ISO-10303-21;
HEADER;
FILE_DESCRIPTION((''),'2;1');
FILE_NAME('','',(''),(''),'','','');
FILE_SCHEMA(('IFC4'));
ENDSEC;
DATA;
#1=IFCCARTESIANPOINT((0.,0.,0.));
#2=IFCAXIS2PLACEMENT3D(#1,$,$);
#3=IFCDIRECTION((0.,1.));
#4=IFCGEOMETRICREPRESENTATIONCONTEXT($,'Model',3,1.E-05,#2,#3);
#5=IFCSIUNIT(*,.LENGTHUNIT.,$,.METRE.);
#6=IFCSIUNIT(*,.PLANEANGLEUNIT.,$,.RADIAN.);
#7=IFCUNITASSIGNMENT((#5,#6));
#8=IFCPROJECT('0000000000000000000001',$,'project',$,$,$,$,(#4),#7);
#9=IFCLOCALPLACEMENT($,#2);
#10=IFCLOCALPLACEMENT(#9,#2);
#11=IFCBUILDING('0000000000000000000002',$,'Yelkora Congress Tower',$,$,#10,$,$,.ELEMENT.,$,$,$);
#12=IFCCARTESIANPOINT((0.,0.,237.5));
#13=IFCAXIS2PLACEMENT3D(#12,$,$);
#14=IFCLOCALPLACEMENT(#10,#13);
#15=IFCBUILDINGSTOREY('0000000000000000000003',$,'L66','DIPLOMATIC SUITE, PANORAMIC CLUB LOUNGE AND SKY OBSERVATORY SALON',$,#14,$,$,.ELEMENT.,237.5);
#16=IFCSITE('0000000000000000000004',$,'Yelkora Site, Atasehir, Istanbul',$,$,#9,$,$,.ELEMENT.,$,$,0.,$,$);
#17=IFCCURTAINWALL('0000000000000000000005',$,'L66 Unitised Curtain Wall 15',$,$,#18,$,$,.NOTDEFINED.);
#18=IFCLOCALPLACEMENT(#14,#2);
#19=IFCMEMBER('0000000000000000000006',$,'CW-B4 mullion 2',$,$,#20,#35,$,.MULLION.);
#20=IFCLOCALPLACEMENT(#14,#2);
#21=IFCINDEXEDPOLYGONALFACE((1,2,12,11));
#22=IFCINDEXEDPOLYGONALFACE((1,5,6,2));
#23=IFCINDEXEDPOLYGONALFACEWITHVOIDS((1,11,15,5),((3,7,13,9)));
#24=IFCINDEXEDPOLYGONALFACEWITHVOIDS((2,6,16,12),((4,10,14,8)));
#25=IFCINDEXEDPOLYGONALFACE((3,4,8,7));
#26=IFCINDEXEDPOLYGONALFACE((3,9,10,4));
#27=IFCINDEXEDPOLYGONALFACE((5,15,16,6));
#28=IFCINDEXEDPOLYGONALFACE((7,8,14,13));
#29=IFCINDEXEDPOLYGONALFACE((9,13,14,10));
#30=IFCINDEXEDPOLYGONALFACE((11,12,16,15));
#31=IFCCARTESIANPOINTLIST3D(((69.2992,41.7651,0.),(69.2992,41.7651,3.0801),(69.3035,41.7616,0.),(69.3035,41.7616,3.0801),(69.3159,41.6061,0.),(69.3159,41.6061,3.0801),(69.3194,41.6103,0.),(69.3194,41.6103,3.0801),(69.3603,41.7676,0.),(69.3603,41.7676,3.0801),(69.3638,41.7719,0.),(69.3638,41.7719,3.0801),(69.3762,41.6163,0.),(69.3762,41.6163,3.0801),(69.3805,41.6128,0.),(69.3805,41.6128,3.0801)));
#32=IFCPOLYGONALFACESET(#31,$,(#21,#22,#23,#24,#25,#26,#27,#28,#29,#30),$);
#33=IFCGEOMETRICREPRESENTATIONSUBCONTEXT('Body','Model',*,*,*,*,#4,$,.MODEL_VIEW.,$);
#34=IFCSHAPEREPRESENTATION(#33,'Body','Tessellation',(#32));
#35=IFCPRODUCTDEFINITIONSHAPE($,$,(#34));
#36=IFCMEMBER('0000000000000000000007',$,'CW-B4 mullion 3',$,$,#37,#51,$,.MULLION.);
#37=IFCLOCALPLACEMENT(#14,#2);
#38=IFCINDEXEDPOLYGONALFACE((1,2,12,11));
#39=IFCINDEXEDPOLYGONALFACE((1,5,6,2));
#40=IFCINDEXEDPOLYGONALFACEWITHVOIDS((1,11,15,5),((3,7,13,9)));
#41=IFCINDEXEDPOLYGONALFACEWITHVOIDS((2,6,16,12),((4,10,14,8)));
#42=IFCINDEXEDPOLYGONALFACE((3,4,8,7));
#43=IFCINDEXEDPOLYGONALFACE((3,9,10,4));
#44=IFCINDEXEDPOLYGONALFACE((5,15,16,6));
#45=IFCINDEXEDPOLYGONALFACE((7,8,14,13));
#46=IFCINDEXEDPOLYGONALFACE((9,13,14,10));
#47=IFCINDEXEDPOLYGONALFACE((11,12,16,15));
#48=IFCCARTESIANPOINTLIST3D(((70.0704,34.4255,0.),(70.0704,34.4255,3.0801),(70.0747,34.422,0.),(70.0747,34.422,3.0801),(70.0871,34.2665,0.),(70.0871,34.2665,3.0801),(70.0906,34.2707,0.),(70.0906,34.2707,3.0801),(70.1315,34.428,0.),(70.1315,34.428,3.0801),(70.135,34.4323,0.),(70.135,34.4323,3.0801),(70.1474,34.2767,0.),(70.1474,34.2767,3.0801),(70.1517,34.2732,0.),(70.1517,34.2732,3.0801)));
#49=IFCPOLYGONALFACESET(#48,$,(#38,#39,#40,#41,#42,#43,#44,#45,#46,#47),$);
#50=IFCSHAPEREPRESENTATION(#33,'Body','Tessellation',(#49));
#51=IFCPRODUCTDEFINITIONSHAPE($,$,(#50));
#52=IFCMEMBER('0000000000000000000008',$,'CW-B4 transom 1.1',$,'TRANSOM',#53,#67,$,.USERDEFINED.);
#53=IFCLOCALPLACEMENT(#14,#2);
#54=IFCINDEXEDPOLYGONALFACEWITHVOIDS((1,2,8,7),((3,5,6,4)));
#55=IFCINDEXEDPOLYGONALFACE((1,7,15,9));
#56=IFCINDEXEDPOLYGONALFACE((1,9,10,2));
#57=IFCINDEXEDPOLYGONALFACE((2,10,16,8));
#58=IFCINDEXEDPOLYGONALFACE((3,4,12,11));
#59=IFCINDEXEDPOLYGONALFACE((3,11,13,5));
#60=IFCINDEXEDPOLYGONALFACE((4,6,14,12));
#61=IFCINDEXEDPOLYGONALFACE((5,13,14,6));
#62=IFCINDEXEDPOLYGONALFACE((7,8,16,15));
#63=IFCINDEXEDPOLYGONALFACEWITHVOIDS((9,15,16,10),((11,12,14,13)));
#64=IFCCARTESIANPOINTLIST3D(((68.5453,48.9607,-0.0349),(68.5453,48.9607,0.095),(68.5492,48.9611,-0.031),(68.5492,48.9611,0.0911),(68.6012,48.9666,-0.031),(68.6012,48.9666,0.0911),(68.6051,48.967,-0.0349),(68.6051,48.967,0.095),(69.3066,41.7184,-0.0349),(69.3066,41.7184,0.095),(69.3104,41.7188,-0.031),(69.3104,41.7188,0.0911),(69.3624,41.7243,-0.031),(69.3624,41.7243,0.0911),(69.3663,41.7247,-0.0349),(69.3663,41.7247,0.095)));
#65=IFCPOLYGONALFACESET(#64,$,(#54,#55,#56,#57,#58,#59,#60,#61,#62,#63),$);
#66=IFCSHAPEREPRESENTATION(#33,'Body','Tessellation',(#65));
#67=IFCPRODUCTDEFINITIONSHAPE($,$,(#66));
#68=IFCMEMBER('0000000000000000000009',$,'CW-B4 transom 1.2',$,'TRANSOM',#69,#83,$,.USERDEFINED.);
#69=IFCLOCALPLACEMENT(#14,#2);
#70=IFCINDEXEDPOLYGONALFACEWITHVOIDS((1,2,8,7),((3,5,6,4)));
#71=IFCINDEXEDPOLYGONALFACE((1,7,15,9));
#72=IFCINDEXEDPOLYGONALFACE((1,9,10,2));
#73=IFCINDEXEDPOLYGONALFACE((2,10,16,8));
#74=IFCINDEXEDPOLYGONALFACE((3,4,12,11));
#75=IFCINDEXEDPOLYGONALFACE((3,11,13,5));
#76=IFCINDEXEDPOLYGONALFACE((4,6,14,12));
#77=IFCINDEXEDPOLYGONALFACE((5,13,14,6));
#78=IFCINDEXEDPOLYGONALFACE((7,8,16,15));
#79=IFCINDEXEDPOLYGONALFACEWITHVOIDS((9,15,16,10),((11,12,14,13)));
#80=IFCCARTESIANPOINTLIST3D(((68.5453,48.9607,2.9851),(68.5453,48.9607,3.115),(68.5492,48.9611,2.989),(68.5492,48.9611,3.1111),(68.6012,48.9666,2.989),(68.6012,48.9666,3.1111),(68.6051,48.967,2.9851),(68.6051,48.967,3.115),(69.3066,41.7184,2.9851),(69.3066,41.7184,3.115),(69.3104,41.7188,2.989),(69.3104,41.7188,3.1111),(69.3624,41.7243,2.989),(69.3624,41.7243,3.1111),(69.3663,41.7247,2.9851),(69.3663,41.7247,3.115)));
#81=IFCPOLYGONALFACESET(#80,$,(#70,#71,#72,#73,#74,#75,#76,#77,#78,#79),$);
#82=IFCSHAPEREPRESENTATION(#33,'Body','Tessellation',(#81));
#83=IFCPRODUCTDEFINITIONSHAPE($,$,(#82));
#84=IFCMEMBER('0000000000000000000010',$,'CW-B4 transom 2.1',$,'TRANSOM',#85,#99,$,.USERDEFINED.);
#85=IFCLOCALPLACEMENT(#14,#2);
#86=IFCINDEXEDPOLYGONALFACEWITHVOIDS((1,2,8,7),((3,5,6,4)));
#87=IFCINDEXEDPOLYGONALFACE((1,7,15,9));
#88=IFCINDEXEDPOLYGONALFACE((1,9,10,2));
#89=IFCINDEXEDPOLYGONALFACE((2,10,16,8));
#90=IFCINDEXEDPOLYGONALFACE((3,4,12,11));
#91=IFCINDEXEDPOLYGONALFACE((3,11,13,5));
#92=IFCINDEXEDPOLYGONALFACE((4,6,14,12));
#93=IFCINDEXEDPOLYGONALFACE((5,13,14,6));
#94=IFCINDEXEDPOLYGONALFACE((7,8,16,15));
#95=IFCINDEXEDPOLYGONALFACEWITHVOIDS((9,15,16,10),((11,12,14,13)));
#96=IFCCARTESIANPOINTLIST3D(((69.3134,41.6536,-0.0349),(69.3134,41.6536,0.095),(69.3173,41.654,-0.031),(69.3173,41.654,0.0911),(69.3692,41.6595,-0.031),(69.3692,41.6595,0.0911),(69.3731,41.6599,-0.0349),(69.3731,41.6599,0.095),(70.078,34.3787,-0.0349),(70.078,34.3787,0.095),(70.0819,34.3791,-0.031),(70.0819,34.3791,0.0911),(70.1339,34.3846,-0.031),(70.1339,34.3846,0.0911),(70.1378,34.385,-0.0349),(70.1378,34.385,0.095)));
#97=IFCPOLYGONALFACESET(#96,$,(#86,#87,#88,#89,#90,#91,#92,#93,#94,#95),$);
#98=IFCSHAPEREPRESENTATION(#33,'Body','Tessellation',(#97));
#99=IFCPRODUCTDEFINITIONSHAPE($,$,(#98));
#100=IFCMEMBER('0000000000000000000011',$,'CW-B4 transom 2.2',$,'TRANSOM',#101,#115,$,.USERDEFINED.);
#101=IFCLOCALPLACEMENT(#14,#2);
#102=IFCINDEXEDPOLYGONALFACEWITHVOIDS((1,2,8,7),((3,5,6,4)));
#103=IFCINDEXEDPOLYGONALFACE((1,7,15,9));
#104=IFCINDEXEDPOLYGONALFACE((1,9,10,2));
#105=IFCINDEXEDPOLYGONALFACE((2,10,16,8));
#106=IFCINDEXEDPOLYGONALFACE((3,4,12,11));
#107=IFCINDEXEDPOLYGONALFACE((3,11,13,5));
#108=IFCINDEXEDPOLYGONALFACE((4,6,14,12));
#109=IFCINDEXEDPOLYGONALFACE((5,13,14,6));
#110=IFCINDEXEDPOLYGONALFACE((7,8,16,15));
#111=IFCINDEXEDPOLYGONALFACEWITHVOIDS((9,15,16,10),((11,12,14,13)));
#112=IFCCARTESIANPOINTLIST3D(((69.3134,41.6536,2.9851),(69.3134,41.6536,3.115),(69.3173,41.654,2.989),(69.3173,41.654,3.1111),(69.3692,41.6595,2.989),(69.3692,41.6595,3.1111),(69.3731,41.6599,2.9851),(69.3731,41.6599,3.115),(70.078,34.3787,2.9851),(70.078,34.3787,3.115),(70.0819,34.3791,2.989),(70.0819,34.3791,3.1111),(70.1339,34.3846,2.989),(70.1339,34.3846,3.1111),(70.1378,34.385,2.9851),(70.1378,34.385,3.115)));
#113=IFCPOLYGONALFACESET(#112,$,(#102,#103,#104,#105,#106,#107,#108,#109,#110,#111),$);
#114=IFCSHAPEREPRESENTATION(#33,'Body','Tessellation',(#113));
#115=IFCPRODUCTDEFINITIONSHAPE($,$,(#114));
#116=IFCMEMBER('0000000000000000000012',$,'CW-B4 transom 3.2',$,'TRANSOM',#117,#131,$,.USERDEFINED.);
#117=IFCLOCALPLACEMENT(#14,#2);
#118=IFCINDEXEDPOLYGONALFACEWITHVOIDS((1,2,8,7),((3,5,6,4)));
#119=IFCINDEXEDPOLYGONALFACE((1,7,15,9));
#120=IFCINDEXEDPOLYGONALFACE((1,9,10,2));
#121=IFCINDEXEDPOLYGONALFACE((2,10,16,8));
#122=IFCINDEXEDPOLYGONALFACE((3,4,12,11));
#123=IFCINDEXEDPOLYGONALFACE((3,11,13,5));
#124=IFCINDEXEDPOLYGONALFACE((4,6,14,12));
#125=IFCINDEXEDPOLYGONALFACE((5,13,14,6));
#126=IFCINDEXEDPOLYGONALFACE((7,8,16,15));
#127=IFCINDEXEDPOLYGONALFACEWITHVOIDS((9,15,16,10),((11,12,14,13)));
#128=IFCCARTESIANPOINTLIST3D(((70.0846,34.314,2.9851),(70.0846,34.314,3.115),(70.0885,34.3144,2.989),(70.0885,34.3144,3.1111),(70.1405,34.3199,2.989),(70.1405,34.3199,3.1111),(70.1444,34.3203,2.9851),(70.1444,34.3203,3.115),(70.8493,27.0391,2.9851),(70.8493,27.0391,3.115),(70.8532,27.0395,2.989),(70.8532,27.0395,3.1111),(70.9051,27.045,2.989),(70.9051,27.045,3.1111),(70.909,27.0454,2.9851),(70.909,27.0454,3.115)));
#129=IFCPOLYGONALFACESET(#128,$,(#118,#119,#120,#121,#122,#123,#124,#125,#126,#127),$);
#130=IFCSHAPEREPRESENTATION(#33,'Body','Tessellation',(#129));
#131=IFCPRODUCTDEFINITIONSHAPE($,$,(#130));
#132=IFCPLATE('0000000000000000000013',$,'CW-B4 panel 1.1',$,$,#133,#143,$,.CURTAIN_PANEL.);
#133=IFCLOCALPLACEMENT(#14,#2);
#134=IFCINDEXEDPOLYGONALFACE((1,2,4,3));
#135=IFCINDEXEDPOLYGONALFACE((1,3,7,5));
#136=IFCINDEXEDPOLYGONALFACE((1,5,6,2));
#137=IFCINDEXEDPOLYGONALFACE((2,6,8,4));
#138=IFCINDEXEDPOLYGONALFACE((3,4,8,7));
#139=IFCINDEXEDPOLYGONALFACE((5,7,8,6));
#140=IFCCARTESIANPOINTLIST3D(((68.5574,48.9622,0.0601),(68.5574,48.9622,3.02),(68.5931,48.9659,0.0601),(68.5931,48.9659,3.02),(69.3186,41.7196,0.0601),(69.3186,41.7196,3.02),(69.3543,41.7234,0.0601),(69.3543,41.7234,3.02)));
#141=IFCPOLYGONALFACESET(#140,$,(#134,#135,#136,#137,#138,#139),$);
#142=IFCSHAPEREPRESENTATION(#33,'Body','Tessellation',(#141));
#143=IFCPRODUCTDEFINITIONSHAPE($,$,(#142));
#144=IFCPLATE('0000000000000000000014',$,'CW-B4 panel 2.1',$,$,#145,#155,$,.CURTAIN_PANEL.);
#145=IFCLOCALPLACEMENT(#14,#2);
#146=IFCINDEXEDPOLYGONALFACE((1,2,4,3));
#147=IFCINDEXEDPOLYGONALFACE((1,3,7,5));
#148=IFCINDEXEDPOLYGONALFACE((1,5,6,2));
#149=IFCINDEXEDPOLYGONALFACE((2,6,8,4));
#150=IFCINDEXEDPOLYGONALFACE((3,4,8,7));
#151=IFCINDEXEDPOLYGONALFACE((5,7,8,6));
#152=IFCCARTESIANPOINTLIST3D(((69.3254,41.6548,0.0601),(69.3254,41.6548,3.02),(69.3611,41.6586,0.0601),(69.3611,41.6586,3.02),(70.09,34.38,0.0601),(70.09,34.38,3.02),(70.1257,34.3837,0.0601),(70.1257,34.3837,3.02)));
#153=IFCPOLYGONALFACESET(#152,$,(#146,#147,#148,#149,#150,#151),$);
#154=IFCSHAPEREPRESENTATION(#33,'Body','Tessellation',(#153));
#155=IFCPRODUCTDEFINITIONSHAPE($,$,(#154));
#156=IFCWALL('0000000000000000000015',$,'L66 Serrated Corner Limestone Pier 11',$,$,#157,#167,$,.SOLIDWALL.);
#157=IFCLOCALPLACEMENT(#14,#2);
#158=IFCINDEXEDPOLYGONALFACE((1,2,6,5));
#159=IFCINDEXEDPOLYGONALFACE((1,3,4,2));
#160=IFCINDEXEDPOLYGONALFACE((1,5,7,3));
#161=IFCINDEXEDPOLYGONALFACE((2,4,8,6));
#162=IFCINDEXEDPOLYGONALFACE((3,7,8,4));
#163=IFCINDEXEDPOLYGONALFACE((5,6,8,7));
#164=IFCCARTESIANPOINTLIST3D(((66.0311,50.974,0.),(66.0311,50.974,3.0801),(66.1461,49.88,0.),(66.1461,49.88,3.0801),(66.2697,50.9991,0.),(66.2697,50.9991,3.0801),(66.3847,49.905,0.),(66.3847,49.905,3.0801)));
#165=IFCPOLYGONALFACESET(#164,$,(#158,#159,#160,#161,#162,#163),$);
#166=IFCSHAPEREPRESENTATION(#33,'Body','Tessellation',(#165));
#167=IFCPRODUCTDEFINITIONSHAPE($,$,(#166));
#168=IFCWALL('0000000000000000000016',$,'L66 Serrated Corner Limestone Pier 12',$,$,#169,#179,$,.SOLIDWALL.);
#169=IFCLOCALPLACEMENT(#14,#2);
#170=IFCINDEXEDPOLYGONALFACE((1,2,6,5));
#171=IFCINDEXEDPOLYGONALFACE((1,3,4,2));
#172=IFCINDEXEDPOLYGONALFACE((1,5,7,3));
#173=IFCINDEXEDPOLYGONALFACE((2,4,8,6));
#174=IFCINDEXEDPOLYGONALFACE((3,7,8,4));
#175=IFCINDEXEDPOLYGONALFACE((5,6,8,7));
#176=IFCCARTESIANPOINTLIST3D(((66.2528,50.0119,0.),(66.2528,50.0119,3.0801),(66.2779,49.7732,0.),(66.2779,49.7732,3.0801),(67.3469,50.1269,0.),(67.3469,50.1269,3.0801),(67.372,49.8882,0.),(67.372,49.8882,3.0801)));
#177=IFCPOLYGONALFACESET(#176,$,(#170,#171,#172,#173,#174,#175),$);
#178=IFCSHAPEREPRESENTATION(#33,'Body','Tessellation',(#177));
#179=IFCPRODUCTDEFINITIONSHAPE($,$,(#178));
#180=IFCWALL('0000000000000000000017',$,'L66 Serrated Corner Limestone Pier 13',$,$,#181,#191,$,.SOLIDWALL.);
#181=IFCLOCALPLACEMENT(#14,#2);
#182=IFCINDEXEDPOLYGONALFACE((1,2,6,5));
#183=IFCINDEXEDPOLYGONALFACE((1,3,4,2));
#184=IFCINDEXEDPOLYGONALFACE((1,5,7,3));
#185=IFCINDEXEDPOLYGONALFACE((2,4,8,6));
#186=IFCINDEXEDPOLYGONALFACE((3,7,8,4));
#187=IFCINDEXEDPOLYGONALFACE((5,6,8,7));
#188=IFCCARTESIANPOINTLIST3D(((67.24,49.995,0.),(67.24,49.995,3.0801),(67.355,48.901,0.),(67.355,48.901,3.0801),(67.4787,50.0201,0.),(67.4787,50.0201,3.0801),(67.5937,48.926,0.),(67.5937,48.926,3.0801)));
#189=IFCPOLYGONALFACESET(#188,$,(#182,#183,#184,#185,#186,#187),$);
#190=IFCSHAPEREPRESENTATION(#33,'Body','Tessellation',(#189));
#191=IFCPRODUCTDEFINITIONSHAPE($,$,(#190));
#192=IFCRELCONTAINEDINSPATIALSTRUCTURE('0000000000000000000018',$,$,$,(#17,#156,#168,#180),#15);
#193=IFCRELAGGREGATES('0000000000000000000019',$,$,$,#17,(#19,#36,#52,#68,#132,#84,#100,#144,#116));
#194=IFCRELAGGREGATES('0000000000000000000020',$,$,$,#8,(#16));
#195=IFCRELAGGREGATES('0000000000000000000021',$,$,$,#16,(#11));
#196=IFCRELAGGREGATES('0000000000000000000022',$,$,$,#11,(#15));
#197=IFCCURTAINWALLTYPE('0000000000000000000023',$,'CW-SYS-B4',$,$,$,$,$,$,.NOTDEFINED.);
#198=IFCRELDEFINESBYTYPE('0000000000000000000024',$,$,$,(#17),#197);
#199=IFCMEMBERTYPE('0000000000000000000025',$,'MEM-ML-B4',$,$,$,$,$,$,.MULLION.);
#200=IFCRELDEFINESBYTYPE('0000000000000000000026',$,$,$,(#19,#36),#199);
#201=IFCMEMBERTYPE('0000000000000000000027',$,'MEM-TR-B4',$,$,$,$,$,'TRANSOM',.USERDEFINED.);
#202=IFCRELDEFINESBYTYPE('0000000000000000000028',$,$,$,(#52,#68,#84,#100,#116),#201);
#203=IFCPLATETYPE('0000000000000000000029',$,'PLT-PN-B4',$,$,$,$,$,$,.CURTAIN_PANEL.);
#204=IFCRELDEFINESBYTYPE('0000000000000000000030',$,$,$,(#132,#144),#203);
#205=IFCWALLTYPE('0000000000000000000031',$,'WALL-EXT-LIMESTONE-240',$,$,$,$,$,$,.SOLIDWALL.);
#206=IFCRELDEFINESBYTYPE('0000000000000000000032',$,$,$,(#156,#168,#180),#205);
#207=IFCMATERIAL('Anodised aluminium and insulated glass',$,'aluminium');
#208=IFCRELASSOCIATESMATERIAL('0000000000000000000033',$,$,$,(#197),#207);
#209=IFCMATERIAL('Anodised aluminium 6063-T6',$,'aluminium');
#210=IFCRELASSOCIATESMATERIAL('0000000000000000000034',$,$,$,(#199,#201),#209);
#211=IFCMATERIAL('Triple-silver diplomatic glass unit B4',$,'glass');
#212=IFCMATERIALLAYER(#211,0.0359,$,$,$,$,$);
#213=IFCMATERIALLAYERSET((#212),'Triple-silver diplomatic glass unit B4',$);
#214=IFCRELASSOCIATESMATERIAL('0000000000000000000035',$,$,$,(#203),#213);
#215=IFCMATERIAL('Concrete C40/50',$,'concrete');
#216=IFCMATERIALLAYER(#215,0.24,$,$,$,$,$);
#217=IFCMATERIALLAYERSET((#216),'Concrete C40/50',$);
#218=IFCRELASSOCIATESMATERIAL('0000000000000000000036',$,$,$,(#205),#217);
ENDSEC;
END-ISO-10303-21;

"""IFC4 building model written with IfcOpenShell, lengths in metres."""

from ifc_helpers import new_model, si_unit, direction, frame, frame_2d, origin, origin_2d, place, context, subcontext, project, spatial, rectangle, hollow_rectangle, extrude, material, layer, layer_set, material_profile, profile_set, type_object, element, aggregate, save


model = new_model("IFC4")

# Units and contexts
model_context = context("Model", 3, precision=1e-05, world=origin(), true_north=direction((0.0, 1.0)))
body_context = subcontext(model_context, "Body", "Model", "MODEL_VIEW")
ifc_project = project(units=[si_unit("LENGTHUNIT", "METRE"), si_unit("PLANEANGLEUNIT", "RADIAN")], contexts=[model_context])

# Site, building, storey
site_placement = place(None, origin())
site = spatial("IfcSite", under=ifc_project, at=site_placement, Name="Yelkora Site, Atasehir, Istanbul", CompositionType="ELEMENT", RefElevation=0.0)
building_placement = place(site_placement, origin())
building = spatial("IfcBuilding", under=site, at=building_placement, Name="Yelkora Congress Tower", CompositionType="ELEMENT")
storey_placement = place(building_placement, frame((0.0, 0.0, 237.5)))
storey = spatial("IfcBuildingStorey", under=building, at=storey_placement, Name="L66", Description="DIPLOMATIC SUITE, PANORAMIC CLUB LOUNGE AND SKY OBSERVATORY SALON", CompositionType="ELEMENT", Elevation=237.5)

# Shared definitions
ifc_material_1 = material(Name="Anodised aluminium and insulated glass", Category="aluminium")
curtain_wall_type = type_object("IfcCurtainWallType", Name="CW-SYS-B4", PredefinedType="NOTDEFINED", material=ifc_material_1)
ifc_material_2 = material(Name="Anodised aluminium 6063-T6", Category="aluminium")
ifc_material_profile_1 = material_profile(ifc_material_2, hollow_rectangle(XDim=0.0649, YDim=0.1599, WallThickness=0.0039, at=origin_2d()), Name="ALU 65x160x4")
ifc_profile_set_1 = profile_set([ifc_material_profile_1], Name="Anodised aluminium 6063-T6")
member_type_1 = type_object("IfcMemberType", Name="MEM-ML-B4", PredefinedType="MULLION", material=ifc_profile_set_1)

# Curtain wall, members, plates
curtain_wall_1_placement = place(storey_placement, origin())
curtain_wall_1 = element("IfcCurtainWall", 1, at=curtain_wall_1_placement, inside=storey, type_object=curtain_wall_type, Name="L66 Unitised Curtain Wall 15", PredefinedType="NOTDEFINED")
member_1_placement = place(storey_placement, frame((69.3398, 41.689, 0.0), z_axis=(0.0, 0.0, 1.0), x_axis=(0.994522, 0.104526, 0.0)))
member_1 = element("IfcMember", 2, at=member_1_placement, type_object=member_type_1, Name="CW-B4 mullion 2", PredefinedType="MULLION", context=body_context, shape_type="SweptSolid", body=[
    extrude(hollow_rectangle(XDim=0.0649, YDim=0.1599, WallThickness=0.0039, at=origin_2d()), origin(), (0.0, 0.0, 1.0), 3.0801),
])
member_2_placement = place(storey_placement, frame((70.1111, 34.3494, 0.0), z_axis=(0.0, 0.0, 1.0), x_axis=(0.994522, 0.104526, 0.0)))
member_2 = element("IfcMember", 3, at=member_2_placement, type_object=member_type_1, Name="CW-B4 mullion 3", PredefinedType="MULLION", context=body_context, shape_type="SweptSolid", body=[
    extrude(hollow_rectangle(XDim=0.0649, YDim=0.1599, WallThickness=0.0039, at=origin_2d()), origin(), (0.0, 0.0, 1.0), 3.0801),
])
ifc_material_profile_2 = material_profile(ifc_material_2, hollow_rectangle(XDim=0.0601, YDim=0.1299, WallThickness=0.0039, at=origin_2d()), Name="ALU 60x130x4")
ifc_profile_set_2 = profile_set([ifc_material_profile_2], Name="Anodised aluminium 6063-T6")
member_type_2 = type_object("IfcMemberType", Name="MEM-TR-B4", ElementType="TRANSOM", PredefinedType="USERDEFINED", material=ifc_profile_set_2)
member_3_placement = place(storey_placement, frame((68.5752, 48.9639, 0.03), z_axis=(0.104531, -0.994522, 0.0), x_axis=(0.994522, 0.104531, 0.0)))
member_3 = element("IfcMember", 4, at=member_3_placement, type_object=member_type_2, Name="CW-B4 transom 1.1", ObjectType="TRANSOM", PredefinedType="USERDEFINED", context=body_context, shape_type="SweptSolid", body=[
    extrude(hollow_rectangle(XDim=0.0601, YDim=0.1299, WallThickness=0.0039, at=origin_2d()), origin(), (0.0, 0.0, 1.0), 7.2822),
])
member_4_placement = place(storey_placement, frame((68.5752, 48.9639, 3.05), z_axis=(0.104531, -0.994522, 0.0), x_axis=(0.994522, 0.104531, 0.0)))
member_4 = element("IfcMember", 5, at=member_4_placement, type_object=member_type_2, Name="CW-B4 transom 1.2", ObjectType="TRANSOM", PredefinedType="USERDEFINED", context=body_context, shape_type="SweptSolid", body=[
    extrude(hollow_rectangle(XDim=0.0601, YDim=0.1299, WallThickness=0.0039, at=origin_2d()), origin(), (0.0, 0.0, 1.0), 7.2822),
])
member_5_placement = place(storey_placement, frame((69.3433, 41.6567, 0.03), z_axis=(0.104532, -0.994522, 0.0), x_axis=(0.994522, 0.104532, 0.0)))
member_5 = element("IfcMember", 6, at=member_5_placement, type_object=member_type_2, Name="CW-B4 transom 2.1", ObjectType="TRANSOM", PredefinedType="USERDEFINED", context=body_context, shape_type="SweptSolid", body=[
    extrude(hollow_rectangle(XDim=0.0601, YDim=0.1299, WallThickness=0.0039, at=origin_2d()), origin(), (0.0, 0.0, 1.0), 7.3149),
])
member_6_placement = place(storey_placement, frame((69.3433, 41.6567, 3.05), z_axis=(0.104532, -0.994522, 0.0), x_axis=(0.994522, 0.104532, 0.0)))
member_6 = element("IfcMember", 7, at=member_6_placement, type_object=member_type_2, Name="CW-B4 transom 2.2", ObjectType="TRANSOM", PredefinedType="USERDEFINED", context=body_context, shape_type="SweptSolid", body=[
    extrude(hollow_rectangle(XDim=0.0601, YDim=0.1299, WallThickness=0.0039, at=origin_2d()), origin(), (0.0, 0.0, 1.0), 7.3149),
])
member_7_placement = place(storey_placement, frame((70.1145, 34.3171, 3.05), z_axis=(0.104532, -0.994522, 0.0), x_axis=(0.994522, 0.104532, 0.0)))
member_7 = element("IfcMember", 8, at=member_7_placement, type_object=member_type_2, Name="CW-B4 transom 3.2", ObjectType="TRANSOM", PredefinedType="USERDEFINED", context=body_context, shape_type="SweptSolid", body=[
    extrude(hollow_rectangle(XDim=0.0601, YDim=0.1299, WallThickness=0.0039, at=origin_2d()), origin(), (0.0, 0.0, 1.0), 7.3149),
])
ifc_material_3 = material(Name="Triple-silver diplomatic glass unit B4", Category="glass")
ifc_layer_1 = layer(ifc_material_3, 0.0359)
ifc_layer_set_1 = layer_set([ifc_layer_1], Name="Triple-silver diplomatic glass unit B4")
plate_type = type_object("IfcPlateType", Name="PLT-PN-B4", PredefinedType="CURTAIN_PANEL", material=ifc_layer_set_1)
plate_1_placement = place(storey_placement, frame((68.9558, 45.3428, 0.0601), z_axis=(0.0, 0.0, 1.0), x_axis=(0.104526, -0.994522, 0.0)))
plate_1 = element("IfcPlate", 9, at=plate_1_placement, type_object=plate_type, Name="CW-B4 panel 1.1", PredefinedType="CURTAIN_PANEL", context=body_context, shape_type="SweptSolid", body=[
    extrude(rectangle(XDim=7.2825, YDim=0.0359, at=origin_2d()), origin(), (0.0, 0.0, 1.0), 2.96),
])
plate_2_placement = place(storey_placement, frame((69.7256, 38.0193, 0.0601), z_axis=(0.0, 0.0, 1.0), x_axis=(0.104526, -0.994522, 0.0)))
plate_2 = element("IfcPlate", 10, at=plate_2_placement, type_object=plate_type, Name="CW-B4 panel 2.1", PredefinedType="CURTAIN_PANEL", context=body_context, shape_type="SweptSolid", body=[
    extrude(rectangle(XDim=7.3149, YDim=0.0359, at=origin_2d()), origin(), (0.0, 0.0, 1.0), 2.96),
])
aggregate(curtain_wall_1, [member_1, member_2, member_3, member_4, plate_1, member_5, member_6, plate_2, member_7])

# Walls
ifc_material_4 = material(Name="Concrete C40/50", Category="concrete")
ifc_layer_2 = layer(ifc_material_4, 0.24)
ifc_layer_set_2 = layer_set([ifc_layer_2], Name="Concrete C40/50")
wall_type = type_object("IfcWallType", Name="WALL-EXT-LIMESTONE-240", PredefinedType="SOLIDWALL", material=ifc_layer_set_2)
for number, where, z_axis, x_axis, name in (
    (11, (66.1504, 50.9866, 0.0), (0.0, 0.0, 1.0), (0.104535, -0.994521, 0.0), "L66 Serrated Corner Limestone Pier 11"),
    (12, (66.2654, 49.8926, 0.0), (0.0, 0.0, 1.0), (0.994521, 0.104535, 0.0), "L66 Serrated Corner Limestone Pier 12"),
    (13, (67.3594, 50.0076, 0.0), (0.0, 0.0, 1.0), (0.104535, -0.994521, 0.0), "L66 Serrated Corner Limestone Pier 13"),
):
    element("IfcWall", number, at=place(storey_placement, frame(where, z_axis=z_axis, x_axis=x_axis)), inside=storey, type_object=wall_type, Name=name, PredefinedType="SOLIDWALL", context=body_context, shape_type="SweptSolid", body=[
        extrude(rectangle(XDim=1.1001, YDim=0.24, at=frame_2d((0.55, 0.0))), origin(), (0.0, 0.0, 1.0), 3.0801),
    ])

save(model, "model.ifc")
